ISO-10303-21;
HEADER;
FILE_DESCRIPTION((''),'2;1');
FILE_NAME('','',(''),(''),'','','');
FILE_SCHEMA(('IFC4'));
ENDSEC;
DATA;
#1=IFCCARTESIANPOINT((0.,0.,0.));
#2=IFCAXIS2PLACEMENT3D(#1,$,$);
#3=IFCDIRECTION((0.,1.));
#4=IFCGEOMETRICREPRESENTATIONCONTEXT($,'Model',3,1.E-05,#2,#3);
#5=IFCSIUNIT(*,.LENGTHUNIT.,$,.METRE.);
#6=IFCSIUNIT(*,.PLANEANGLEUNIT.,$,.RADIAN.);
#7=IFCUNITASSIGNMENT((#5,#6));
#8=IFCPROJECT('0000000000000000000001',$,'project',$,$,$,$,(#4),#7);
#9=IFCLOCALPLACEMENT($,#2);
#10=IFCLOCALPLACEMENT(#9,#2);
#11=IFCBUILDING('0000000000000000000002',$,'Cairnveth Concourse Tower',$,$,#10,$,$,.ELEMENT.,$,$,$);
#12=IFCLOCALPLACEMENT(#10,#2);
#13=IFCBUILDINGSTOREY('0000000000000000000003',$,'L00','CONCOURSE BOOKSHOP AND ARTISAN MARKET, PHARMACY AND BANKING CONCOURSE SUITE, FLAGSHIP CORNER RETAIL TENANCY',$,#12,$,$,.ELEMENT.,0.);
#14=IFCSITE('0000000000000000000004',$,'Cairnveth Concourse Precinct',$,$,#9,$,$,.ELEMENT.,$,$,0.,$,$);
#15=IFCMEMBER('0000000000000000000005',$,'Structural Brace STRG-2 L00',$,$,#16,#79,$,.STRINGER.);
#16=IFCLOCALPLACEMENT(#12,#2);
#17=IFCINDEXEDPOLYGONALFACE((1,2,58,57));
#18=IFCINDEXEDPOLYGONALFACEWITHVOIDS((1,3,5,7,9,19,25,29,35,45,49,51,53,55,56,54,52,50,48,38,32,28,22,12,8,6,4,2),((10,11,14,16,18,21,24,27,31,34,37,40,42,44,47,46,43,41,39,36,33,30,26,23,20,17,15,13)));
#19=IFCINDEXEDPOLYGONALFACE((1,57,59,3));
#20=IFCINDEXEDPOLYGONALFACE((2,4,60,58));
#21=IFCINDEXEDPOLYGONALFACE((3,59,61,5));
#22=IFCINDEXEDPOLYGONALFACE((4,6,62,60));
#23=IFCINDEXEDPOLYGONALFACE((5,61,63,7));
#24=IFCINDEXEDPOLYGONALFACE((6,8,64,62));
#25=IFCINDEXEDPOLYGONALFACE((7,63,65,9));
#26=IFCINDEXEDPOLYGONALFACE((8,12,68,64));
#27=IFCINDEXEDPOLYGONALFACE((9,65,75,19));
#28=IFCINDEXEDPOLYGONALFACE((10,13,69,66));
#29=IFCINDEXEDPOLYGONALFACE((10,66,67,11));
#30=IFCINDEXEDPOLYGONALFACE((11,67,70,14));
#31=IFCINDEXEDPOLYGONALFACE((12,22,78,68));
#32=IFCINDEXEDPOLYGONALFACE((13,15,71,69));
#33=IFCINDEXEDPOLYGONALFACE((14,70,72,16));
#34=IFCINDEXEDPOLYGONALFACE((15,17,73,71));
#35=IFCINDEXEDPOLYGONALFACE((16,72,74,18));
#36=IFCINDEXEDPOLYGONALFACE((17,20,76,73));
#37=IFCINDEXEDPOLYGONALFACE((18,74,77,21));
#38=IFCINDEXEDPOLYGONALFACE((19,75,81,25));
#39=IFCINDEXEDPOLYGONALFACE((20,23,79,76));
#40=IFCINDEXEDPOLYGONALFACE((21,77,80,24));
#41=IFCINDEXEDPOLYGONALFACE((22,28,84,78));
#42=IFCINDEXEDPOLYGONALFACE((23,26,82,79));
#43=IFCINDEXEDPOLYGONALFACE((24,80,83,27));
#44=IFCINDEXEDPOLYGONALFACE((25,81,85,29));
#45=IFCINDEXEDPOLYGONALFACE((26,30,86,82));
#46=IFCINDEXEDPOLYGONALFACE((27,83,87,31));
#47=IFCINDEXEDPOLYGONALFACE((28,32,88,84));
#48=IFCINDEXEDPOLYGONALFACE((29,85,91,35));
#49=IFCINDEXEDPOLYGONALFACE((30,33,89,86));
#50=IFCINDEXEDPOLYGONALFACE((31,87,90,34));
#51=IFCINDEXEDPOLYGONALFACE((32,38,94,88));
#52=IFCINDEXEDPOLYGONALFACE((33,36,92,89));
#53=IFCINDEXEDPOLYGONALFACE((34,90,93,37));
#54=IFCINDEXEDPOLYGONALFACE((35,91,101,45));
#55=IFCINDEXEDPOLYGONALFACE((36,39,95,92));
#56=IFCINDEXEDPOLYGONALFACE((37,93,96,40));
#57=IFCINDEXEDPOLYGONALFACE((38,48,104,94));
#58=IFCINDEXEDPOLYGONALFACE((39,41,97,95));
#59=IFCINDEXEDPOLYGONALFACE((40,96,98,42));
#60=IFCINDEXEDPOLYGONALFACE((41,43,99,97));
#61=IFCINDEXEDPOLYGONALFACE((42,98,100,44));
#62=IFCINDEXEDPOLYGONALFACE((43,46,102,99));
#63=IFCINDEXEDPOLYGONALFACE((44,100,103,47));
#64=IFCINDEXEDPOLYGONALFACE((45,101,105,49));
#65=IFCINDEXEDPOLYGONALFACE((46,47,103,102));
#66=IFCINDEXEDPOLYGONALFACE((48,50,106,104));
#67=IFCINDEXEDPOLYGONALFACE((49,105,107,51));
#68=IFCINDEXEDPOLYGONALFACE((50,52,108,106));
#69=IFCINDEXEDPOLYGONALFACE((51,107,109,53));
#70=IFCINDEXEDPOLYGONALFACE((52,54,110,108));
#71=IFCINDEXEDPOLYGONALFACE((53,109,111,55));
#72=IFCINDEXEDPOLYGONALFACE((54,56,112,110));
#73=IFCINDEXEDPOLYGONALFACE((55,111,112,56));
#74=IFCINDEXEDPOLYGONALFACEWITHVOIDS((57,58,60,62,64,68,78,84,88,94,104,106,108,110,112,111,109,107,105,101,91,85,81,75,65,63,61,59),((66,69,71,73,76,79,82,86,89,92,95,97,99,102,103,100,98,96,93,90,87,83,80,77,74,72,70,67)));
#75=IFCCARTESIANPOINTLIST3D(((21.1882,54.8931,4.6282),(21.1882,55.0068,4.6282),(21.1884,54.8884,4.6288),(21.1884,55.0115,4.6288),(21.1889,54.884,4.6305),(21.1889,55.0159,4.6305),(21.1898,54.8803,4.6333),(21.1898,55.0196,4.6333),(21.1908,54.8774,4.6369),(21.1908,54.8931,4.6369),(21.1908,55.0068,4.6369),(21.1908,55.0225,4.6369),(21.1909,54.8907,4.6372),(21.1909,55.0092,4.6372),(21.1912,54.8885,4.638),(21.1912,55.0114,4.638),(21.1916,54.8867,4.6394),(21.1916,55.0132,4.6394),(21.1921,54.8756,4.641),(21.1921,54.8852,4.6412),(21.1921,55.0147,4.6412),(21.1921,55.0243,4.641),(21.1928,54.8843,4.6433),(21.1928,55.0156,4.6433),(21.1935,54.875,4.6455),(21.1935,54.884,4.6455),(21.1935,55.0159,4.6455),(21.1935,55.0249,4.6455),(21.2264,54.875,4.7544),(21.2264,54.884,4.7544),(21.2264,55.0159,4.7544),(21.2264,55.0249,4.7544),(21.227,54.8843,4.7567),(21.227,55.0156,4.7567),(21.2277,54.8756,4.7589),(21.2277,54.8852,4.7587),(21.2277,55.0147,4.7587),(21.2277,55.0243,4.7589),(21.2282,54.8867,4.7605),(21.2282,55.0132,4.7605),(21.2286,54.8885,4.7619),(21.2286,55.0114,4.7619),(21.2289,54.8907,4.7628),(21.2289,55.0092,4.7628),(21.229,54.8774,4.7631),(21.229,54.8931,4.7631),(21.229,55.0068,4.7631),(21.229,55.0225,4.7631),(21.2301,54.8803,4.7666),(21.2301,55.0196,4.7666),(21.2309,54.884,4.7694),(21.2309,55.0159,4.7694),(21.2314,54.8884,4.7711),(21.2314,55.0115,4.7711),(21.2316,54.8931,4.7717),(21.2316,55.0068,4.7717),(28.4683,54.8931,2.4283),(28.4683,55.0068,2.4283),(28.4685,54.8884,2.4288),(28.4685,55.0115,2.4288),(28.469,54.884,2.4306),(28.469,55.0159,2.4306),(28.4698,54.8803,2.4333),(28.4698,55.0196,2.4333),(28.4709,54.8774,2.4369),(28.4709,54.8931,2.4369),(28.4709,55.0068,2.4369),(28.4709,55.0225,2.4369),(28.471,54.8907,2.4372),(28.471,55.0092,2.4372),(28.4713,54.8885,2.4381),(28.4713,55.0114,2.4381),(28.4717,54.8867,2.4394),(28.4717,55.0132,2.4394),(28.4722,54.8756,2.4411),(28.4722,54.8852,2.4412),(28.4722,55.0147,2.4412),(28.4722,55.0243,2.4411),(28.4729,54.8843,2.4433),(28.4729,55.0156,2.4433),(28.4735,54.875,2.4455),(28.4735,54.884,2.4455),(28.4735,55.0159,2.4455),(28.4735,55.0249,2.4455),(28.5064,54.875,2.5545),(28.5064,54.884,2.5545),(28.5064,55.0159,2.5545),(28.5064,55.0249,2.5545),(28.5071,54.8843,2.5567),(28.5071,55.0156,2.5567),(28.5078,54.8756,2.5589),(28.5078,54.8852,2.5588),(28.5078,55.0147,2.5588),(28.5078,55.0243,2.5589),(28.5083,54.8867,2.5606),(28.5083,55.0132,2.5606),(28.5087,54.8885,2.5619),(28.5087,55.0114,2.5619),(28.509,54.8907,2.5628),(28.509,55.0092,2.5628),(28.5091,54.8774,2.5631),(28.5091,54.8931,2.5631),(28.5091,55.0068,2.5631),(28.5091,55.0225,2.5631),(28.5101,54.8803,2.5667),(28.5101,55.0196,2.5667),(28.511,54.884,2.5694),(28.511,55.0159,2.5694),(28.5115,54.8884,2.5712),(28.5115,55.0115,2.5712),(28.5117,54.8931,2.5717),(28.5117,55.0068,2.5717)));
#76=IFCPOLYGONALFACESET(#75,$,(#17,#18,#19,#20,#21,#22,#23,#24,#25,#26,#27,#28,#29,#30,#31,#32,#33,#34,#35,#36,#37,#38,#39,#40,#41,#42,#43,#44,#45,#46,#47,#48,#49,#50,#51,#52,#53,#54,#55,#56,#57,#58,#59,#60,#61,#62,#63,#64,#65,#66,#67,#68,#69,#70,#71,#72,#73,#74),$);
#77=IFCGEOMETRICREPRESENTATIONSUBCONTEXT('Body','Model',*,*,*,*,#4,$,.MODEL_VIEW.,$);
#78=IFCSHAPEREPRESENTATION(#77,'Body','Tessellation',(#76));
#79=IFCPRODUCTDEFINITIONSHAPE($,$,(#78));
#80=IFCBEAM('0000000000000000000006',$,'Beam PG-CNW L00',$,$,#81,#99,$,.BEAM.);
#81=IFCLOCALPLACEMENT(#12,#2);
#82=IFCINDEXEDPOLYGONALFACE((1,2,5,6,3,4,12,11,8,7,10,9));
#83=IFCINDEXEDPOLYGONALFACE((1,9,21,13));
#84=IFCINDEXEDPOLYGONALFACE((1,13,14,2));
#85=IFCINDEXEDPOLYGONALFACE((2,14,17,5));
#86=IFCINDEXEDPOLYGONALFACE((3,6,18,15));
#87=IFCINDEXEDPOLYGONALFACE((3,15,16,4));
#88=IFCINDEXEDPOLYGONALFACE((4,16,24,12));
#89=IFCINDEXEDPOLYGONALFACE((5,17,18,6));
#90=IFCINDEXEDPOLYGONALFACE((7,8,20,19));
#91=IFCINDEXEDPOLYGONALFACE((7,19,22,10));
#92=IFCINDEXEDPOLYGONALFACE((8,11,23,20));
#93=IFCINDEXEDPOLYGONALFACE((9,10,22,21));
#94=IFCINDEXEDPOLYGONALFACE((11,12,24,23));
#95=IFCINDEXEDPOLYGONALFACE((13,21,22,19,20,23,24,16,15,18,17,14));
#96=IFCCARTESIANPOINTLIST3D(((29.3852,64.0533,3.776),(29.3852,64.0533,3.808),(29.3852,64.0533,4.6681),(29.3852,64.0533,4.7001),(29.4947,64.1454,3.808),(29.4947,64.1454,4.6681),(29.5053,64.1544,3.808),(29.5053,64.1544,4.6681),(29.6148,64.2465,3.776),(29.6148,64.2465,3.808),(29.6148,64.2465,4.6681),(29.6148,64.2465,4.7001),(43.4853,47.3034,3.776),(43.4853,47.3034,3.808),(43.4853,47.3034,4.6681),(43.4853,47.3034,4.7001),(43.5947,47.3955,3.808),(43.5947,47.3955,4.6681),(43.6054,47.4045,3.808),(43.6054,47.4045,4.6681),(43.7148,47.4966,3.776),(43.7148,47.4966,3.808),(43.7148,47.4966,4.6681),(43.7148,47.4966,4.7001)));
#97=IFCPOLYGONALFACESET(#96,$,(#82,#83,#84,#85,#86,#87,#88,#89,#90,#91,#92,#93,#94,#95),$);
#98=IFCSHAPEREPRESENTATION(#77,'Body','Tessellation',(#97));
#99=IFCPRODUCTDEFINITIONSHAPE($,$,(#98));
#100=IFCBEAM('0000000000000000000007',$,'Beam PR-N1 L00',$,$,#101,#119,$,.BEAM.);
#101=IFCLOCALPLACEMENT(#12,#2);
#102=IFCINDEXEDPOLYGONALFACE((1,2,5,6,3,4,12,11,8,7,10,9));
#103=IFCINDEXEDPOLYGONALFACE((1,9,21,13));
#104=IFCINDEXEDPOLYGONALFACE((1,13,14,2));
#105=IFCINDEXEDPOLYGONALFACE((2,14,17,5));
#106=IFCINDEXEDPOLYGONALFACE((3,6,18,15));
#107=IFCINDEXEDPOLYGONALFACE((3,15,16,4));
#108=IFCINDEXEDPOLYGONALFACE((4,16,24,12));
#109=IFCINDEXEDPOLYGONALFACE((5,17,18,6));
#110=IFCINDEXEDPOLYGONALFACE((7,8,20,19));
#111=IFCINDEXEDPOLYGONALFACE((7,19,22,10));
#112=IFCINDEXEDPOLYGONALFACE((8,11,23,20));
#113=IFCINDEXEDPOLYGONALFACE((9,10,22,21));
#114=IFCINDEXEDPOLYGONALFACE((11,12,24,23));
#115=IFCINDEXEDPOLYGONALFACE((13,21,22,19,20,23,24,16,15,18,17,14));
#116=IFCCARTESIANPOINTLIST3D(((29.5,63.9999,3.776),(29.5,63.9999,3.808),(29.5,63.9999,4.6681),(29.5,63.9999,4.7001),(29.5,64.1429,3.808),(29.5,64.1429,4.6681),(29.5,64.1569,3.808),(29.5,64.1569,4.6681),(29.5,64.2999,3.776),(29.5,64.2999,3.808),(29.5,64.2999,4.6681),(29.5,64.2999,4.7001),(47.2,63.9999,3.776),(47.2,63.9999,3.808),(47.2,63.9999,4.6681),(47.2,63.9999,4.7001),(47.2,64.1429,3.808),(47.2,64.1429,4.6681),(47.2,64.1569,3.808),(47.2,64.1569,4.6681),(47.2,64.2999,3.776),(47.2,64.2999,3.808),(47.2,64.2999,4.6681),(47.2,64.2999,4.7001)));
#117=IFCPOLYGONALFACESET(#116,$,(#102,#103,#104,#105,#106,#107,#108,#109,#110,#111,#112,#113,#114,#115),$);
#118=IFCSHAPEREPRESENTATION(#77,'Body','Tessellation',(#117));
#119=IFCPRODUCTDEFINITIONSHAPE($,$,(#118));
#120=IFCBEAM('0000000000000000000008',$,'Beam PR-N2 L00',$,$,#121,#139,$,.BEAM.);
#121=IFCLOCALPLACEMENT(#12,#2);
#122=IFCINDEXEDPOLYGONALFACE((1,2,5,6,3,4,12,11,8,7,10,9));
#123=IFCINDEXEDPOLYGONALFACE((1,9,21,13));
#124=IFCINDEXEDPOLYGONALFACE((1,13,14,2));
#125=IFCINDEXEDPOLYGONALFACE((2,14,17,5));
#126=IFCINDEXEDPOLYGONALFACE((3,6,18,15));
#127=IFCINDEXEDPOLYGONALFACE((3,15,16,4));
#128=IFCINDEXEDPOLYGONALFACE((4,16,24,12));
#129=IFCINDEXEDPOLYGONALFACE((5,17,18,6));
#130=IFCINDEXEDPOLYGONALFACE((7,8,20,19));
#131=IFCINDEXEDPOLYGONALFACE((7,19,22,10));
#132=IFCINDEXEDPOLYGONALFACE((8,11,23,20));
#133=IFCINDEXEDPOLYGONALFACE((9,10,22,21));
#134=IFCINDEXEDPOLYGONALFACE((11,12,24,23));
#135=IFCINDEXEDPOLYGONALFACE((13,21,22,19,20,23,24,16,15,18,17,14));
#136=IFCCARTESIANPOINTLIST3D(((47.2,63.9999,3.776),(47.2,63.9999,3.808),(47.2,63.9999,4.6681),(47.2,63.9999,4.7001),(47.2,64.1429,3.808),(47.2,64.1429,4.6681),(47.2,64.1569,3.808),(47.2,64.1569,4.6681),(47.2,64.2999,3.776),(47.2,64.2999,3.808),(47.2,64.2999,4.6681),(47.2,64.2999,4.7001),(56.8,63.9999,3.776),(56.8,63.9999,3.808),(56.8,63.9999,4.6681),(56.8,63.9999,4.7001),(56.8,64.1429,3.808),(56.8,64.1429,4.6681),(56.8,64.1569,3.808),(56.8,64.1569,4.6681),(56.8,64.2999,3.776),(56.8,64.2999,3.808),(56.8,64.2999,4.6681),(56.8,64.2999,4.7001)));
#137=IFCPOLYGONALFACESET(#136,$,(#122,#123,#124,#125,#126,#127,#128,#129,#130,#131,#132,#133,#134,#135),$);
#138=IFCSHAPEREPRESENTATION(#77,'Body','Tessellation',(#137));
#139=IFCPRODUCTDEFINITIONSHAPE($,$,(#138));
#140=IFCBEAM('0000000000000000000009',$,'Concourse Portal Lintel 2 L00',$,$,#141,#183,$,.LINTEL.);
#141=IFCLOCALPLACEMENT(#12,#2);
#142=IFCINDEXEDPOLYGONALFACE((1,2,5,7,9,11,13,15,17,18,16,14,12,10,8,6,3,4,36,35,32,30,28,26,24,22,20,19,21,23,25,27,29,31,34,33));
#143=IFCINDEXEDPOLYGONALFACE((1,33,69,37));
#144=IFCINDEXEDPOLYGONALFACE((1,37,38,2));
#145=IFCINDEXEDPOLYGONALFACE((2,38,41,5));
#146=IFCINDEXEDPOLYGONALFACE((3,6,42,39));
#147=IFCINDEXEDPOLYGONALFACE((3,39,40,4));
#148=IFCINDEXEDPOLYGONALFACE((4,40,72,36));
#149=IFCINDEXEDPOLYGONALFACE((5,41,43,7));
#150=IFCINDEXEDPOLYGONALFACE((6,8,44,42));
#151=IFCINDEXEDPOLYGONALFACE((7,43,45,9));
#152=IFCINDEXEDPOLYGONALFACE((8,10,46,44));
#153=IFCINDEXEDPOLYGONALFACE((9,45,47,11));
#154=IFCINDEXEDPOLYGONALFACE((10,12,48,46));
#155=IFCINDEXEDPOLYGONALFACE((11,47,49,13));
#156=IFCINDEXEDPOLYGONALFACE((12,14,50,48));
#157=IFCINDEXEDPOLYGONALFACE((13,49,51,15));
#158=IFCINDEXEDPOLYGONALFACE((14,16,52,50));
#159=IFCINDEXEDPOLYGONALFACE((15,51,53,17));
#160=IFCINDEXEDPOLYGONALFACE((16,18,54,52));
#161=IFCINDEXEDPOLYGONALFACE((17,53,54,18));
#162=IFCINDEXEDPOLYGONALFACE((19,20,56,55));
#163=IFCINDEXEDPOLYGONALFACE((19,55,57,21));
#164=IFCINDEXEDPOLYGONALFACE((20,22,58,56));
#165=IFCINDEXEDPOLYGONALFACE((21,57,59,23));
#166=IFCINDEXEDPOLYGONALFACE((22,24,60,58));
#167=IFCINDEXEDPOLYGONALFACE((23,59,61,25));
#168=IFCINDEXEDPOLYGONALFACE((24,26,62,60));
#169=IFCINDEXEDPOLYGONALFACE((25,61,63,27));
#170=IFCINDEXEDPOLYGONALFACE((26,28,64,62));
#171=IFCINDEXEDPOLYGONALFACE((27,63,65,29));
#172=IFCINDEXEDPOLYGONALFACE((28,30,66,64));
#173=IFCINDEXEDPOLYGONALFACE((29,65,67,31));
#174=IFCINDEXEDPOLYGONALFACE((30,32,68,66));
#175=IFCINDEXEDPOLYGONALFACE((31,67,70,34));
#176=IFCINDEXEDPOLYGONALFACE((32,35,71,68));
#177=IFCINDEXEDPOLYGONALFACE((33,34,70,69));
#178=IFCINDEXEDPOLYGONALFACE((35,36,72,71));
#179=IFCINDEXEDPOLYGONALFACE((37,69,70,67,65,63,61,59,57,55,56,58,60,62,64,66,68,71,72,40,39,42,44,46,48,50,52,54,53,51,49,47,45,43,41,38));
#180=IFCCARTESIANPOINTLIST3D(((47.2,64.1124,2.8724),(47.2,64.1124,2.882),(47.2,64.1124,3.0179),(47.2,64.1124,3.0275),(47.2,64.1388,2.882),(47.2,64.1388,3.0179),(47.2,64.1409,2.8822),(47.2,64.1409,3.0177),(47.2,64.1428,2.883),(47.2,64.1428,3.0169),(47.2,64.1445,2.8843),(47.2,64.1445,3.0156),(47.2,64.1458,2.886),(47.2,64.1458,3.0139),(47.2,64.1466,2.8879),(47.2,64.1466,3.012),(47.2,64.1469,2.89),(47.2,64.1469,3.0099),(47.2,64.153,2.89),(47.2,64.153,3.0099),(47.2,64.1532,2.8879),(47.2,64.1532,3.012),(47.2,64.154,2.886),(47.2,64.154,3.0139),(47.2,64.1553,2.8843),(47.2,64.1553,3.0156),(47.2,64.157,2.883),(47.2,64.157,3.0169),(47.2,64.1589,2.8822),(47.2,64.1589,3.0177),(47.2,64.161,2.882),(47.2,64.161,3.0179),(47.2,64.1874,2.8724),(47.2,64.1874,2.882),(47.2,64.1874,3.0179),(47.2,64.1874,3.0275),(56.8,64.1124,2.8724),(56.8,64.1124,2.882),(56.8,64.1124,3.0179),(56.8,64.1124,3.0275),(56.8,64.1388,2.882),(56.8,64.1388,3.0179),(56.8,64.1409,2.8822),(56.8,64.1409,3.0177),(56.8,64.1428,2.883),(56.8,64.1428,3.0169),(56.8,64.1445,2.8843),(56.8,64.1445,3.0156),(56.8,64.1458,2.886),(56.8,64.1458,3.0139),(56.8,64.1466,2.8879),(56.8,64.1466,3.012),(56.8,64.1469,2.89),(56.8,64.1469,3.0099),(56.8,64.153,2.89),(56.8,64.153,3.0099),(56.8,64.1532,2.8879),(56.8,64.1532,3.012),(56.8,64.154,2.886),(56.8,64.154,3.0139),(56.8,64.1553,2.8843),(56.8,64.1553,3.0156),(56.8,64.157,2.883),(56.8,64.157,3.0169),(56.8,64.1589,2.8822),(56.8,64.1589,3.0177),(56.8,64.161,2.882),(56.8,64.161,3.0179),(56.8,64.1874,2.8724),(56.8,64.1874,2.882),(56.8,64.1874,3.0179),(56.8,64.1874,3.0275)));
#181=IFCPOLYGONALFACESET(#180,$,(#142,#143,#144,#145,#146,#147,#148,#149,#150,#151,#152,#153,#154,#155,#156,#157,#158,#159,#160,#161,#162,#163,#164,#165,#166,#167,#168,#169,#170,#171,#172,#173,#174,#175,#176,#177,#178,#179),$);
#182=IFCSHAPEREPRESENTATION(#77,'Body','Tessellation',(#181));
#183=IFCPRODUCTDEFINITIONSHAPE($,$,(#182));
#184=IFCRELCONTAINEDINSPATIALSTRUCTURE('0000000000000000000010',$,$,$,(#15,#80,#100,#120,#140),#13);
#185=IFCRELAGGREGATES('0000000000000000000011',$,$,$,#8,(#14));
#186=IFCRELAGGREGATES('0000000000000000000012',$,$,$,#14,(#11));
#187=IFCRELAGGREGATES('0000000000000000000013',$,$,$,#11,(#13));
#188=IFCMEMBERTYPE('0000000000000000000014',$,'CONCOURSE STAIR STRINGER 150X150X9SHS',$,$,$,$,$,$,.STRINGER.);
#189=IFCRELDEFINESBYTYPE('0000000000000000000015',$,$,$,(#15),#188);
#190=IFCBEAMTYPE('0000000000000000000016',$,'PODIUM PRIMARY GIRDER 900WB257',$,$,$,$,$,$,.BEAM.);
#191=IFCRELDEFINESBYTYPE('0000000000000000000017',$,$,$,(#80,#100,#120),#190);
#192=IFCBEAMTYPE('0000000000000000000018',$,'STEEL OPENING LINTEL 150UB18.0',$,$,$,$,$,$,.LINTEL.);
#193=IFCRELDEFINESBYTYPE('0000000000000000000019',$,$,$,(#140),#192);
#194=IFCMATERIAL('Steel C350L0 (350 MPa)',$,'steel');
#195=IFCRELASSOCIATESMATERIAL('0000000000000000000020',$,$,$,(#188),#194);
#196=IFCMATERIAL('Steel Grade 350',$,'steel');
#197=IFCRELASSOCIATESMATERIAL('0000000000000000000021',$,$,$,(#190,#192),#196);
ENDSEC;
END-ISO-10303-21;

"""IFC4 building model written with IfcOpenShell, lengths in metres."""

from ifc_helpers import new_model, si_unit, direction, frame, origin, origin_2d, place, context, subcontext, project, spatial, hollow_rectangle, i_section, extrude, material, material_profile, profile_set, type_object, element, save


model = new_model("IFC4")

# Units and contexts
model_context = context("Model", 3, precision=1e-05, world=origin(), true_north=direction((0.0, 1.0)))
body_context = subcontext(model_context, "Body", "Model", "MODEL_VIEW")
ifc_project = project(units=[si_unit("LENGTHUNIT", "METRE"), si_unit("PLANEANGLEUNIT", "RADIAN")], contexts=[model_context])

# Site, building, storey
site_placement = place(None, origin())
site = spatial("IfcSite", under=ifc_project, at=site_placement, Name="Cairnveth Concourse Precinct", CompositionType="ELEMENT", RefElevation=0.0)
building_placement = place(site_placement, origin())
building = spatial("IfcBuilding", under=site, at=building_placement, Name="Cairnveth Concourse Tower", CompositionType="ELEMENT")
storey_placement = place(building_placement, origin())
storey = spatial("IfcBuildingStorey", under=building, at=storey_placement, Name="L00", Description="CONCOURSE BOOKSHOP AND ARTISAN MARKET, PHARMACY AND BANKING CONCOURSE SUITE, FLAGSHIP CORNER RETAIL TENANCY", CompositionType="ELEMENT", Elevation=0.0)

# Member
ifc_material_1 = material(Name="Steel C350L0 (350 MPa)", Category="steel")
ifc_material_profile_1 = material_profile(ifc_material_1, hollow_rectangle(XDim=0.1499, YDim=0.1499, WallThickness=0.009, InnerFilletRadius=0.009, OuterFilletRadius=0.0181, at=origin_2d()), Name="150x150x9.0SHS")
ifc_profile_set_1 = profile_set([ifc_material_profile_1], Name="Steel C350L0 (350 MPa)")
member_type_1 = type_object("IfcMemberType", Name="CONCOURSE STAIR STRINGER 150X150X9SHS", PredefinedType="STRINGER", material=ifc_profile_set_1)
member_1_placement = place(storey_placement, frame((28.49, 54.95, 2.5), z_axis=(-0.957247, 0.0, 0.28927), x_axis=(0.0, -1.0, 0.0)))
element("IfcMember", 1, at=member_1_placement, inside=storey, type_object=member_type_1, Name="Structural Brace STRG-2 L00", PredefinedType="STRINGER", context=body_context, shape_type="SweptSolid", body=[
    extrude(hollow_rectangle(XDim=0.1499, YDim=0.1499, WallThickness=0.009, InnerFilletRadius=0.009, OuterFilletRadius=0.0181, at=origin_2d()), origin(), (0.0, 0.0, 1.0), 7.6052),
])

# Beams
ifc_material_2 = material(Name="Steel Grade 350", Category="steel")
ifc_material_profile_2 = material_profile(ifc_material_2, i_section(OverallWidth=0.3, OverallDepth=0.9241, WebThickness=0.0139, FlangeThickness=0.032, at=origin_2d()), Name="900WB257")
ifc_profile_set_2 = profile_set([ifc_material_profile_2], Name="Steel Grade 350")
beam_type_1 = type_object("IfcBeamType", Name="PODIUM PRIMARY GIRDER 900WB257", PredefinedType="BEAM", material=ifc_profile_set_2)
beam_1_placement = place(storey_placement, frame((29.5, 64.1499, 4.238), z_axis=(0.643998, -0.765027, 0.0), x_axis=(0.765027, 0.643998, 0.0)))
element("IfcBeam", 2, at=beam_1_placement, inside=storey, type_object=beam_type_1, Name="Beam PG-CNW L00", PredefinedType="BEAM", context=body_context, shape_type="SweptSolid", body=[
    extrude(i_section(OverallWidth=0.3, OverallDepth=0.9241, WebThickness=0.0139, FlangeThickness=0.032, at=origin_2d()), origin(), (0.0, 0.0, 1.0), 21.8945),
])
beam_2_placement = place(storey_placement, frame((29.5, 64.1499, 4.238), z_axis=(1.0, 0.0, 0.0), x_axis=(0.0, 1.0, 0.0)))
element("IfcBeam", 3, at=beam_2_placement, inside=storey, type_object=beam_type_1, Name="Beam PR-N1 L00", PredefinedType="BEAM", context=body_context, shape_type="SweptSolid", body=[
    extrude(i_section(OverallWidth=0.3, OverallDepth=0.9241, WebThickness=0.0139, FlangeThickness=0.032, at=origin_2d()), origin(), (0.0, 0.0, 1.0), 17.7),
])
beam_3_placement = place(storey_placement, frame((47.2, 64.1499, 4.238), z_axis=(1.0, 0.0, 0.0), x_axis=(0.0, 1.0, 0.0)))
element("IfcBeam", 4, at=beam_3_placement, inside=storey, type_object=beam_type_1, Name="Beam PR-N2 L00", PredefinedType="BEAM", context=body_context, shape_type="SweptSolid", body=[
    extrude(i_section(OverallWidth=0.3, OverallDepth=0.9241, WebThickness=0.0139, FlangeThickness=0.032, at=origin_2d()), origin(), (0.0, 0.0, 1.0), 9.6001),
])
ifc_material_profile_3 = material_profile(ifc_material_2, i_section(OverallWidth=0.075, OverallDepth=0.155, WebThickness=0.0061, FlangeThickness=0.0095, FilletRadius=0.0081, at=origin_2d()), Name="150UB18.0")
ifc_profile_set_3 = profile_set([ifc_material_profile_3], Name="Steel Grade 350")
beam_type_2 = type_object("IfcBeamType", Name="STEEL OPENING LINTEL 150UB18.0", PredefinedType="LINTEL", material=ifc_profile_set_3)
beam_4_placement = place(storey_placement, frame((47.2, 64.1499, 2.95), z_axis=(1.0, 0.0, 0.0), x_axis=(0.0, 1.0, 0.0)))
element("IfcBeam", 5, at=beam_4_placement, inside=storey, type_object=beam_type_2, Name="Concourse Portal Lintel 2 L00", PredefinedType="LINTEL", context=body_context, shape_type="SweptSolid", body=[
    extrude(i_section(OverallWidth=0.075, OverallDepth=0.155, WebThickness=0.0061, FlangeThickness=0.0095, FilletRadius=0.0081, at=origin_2d()), origin(), (0.0, 0.0, 1.0), 9.6001),
])

save(model, "model.ifc")
